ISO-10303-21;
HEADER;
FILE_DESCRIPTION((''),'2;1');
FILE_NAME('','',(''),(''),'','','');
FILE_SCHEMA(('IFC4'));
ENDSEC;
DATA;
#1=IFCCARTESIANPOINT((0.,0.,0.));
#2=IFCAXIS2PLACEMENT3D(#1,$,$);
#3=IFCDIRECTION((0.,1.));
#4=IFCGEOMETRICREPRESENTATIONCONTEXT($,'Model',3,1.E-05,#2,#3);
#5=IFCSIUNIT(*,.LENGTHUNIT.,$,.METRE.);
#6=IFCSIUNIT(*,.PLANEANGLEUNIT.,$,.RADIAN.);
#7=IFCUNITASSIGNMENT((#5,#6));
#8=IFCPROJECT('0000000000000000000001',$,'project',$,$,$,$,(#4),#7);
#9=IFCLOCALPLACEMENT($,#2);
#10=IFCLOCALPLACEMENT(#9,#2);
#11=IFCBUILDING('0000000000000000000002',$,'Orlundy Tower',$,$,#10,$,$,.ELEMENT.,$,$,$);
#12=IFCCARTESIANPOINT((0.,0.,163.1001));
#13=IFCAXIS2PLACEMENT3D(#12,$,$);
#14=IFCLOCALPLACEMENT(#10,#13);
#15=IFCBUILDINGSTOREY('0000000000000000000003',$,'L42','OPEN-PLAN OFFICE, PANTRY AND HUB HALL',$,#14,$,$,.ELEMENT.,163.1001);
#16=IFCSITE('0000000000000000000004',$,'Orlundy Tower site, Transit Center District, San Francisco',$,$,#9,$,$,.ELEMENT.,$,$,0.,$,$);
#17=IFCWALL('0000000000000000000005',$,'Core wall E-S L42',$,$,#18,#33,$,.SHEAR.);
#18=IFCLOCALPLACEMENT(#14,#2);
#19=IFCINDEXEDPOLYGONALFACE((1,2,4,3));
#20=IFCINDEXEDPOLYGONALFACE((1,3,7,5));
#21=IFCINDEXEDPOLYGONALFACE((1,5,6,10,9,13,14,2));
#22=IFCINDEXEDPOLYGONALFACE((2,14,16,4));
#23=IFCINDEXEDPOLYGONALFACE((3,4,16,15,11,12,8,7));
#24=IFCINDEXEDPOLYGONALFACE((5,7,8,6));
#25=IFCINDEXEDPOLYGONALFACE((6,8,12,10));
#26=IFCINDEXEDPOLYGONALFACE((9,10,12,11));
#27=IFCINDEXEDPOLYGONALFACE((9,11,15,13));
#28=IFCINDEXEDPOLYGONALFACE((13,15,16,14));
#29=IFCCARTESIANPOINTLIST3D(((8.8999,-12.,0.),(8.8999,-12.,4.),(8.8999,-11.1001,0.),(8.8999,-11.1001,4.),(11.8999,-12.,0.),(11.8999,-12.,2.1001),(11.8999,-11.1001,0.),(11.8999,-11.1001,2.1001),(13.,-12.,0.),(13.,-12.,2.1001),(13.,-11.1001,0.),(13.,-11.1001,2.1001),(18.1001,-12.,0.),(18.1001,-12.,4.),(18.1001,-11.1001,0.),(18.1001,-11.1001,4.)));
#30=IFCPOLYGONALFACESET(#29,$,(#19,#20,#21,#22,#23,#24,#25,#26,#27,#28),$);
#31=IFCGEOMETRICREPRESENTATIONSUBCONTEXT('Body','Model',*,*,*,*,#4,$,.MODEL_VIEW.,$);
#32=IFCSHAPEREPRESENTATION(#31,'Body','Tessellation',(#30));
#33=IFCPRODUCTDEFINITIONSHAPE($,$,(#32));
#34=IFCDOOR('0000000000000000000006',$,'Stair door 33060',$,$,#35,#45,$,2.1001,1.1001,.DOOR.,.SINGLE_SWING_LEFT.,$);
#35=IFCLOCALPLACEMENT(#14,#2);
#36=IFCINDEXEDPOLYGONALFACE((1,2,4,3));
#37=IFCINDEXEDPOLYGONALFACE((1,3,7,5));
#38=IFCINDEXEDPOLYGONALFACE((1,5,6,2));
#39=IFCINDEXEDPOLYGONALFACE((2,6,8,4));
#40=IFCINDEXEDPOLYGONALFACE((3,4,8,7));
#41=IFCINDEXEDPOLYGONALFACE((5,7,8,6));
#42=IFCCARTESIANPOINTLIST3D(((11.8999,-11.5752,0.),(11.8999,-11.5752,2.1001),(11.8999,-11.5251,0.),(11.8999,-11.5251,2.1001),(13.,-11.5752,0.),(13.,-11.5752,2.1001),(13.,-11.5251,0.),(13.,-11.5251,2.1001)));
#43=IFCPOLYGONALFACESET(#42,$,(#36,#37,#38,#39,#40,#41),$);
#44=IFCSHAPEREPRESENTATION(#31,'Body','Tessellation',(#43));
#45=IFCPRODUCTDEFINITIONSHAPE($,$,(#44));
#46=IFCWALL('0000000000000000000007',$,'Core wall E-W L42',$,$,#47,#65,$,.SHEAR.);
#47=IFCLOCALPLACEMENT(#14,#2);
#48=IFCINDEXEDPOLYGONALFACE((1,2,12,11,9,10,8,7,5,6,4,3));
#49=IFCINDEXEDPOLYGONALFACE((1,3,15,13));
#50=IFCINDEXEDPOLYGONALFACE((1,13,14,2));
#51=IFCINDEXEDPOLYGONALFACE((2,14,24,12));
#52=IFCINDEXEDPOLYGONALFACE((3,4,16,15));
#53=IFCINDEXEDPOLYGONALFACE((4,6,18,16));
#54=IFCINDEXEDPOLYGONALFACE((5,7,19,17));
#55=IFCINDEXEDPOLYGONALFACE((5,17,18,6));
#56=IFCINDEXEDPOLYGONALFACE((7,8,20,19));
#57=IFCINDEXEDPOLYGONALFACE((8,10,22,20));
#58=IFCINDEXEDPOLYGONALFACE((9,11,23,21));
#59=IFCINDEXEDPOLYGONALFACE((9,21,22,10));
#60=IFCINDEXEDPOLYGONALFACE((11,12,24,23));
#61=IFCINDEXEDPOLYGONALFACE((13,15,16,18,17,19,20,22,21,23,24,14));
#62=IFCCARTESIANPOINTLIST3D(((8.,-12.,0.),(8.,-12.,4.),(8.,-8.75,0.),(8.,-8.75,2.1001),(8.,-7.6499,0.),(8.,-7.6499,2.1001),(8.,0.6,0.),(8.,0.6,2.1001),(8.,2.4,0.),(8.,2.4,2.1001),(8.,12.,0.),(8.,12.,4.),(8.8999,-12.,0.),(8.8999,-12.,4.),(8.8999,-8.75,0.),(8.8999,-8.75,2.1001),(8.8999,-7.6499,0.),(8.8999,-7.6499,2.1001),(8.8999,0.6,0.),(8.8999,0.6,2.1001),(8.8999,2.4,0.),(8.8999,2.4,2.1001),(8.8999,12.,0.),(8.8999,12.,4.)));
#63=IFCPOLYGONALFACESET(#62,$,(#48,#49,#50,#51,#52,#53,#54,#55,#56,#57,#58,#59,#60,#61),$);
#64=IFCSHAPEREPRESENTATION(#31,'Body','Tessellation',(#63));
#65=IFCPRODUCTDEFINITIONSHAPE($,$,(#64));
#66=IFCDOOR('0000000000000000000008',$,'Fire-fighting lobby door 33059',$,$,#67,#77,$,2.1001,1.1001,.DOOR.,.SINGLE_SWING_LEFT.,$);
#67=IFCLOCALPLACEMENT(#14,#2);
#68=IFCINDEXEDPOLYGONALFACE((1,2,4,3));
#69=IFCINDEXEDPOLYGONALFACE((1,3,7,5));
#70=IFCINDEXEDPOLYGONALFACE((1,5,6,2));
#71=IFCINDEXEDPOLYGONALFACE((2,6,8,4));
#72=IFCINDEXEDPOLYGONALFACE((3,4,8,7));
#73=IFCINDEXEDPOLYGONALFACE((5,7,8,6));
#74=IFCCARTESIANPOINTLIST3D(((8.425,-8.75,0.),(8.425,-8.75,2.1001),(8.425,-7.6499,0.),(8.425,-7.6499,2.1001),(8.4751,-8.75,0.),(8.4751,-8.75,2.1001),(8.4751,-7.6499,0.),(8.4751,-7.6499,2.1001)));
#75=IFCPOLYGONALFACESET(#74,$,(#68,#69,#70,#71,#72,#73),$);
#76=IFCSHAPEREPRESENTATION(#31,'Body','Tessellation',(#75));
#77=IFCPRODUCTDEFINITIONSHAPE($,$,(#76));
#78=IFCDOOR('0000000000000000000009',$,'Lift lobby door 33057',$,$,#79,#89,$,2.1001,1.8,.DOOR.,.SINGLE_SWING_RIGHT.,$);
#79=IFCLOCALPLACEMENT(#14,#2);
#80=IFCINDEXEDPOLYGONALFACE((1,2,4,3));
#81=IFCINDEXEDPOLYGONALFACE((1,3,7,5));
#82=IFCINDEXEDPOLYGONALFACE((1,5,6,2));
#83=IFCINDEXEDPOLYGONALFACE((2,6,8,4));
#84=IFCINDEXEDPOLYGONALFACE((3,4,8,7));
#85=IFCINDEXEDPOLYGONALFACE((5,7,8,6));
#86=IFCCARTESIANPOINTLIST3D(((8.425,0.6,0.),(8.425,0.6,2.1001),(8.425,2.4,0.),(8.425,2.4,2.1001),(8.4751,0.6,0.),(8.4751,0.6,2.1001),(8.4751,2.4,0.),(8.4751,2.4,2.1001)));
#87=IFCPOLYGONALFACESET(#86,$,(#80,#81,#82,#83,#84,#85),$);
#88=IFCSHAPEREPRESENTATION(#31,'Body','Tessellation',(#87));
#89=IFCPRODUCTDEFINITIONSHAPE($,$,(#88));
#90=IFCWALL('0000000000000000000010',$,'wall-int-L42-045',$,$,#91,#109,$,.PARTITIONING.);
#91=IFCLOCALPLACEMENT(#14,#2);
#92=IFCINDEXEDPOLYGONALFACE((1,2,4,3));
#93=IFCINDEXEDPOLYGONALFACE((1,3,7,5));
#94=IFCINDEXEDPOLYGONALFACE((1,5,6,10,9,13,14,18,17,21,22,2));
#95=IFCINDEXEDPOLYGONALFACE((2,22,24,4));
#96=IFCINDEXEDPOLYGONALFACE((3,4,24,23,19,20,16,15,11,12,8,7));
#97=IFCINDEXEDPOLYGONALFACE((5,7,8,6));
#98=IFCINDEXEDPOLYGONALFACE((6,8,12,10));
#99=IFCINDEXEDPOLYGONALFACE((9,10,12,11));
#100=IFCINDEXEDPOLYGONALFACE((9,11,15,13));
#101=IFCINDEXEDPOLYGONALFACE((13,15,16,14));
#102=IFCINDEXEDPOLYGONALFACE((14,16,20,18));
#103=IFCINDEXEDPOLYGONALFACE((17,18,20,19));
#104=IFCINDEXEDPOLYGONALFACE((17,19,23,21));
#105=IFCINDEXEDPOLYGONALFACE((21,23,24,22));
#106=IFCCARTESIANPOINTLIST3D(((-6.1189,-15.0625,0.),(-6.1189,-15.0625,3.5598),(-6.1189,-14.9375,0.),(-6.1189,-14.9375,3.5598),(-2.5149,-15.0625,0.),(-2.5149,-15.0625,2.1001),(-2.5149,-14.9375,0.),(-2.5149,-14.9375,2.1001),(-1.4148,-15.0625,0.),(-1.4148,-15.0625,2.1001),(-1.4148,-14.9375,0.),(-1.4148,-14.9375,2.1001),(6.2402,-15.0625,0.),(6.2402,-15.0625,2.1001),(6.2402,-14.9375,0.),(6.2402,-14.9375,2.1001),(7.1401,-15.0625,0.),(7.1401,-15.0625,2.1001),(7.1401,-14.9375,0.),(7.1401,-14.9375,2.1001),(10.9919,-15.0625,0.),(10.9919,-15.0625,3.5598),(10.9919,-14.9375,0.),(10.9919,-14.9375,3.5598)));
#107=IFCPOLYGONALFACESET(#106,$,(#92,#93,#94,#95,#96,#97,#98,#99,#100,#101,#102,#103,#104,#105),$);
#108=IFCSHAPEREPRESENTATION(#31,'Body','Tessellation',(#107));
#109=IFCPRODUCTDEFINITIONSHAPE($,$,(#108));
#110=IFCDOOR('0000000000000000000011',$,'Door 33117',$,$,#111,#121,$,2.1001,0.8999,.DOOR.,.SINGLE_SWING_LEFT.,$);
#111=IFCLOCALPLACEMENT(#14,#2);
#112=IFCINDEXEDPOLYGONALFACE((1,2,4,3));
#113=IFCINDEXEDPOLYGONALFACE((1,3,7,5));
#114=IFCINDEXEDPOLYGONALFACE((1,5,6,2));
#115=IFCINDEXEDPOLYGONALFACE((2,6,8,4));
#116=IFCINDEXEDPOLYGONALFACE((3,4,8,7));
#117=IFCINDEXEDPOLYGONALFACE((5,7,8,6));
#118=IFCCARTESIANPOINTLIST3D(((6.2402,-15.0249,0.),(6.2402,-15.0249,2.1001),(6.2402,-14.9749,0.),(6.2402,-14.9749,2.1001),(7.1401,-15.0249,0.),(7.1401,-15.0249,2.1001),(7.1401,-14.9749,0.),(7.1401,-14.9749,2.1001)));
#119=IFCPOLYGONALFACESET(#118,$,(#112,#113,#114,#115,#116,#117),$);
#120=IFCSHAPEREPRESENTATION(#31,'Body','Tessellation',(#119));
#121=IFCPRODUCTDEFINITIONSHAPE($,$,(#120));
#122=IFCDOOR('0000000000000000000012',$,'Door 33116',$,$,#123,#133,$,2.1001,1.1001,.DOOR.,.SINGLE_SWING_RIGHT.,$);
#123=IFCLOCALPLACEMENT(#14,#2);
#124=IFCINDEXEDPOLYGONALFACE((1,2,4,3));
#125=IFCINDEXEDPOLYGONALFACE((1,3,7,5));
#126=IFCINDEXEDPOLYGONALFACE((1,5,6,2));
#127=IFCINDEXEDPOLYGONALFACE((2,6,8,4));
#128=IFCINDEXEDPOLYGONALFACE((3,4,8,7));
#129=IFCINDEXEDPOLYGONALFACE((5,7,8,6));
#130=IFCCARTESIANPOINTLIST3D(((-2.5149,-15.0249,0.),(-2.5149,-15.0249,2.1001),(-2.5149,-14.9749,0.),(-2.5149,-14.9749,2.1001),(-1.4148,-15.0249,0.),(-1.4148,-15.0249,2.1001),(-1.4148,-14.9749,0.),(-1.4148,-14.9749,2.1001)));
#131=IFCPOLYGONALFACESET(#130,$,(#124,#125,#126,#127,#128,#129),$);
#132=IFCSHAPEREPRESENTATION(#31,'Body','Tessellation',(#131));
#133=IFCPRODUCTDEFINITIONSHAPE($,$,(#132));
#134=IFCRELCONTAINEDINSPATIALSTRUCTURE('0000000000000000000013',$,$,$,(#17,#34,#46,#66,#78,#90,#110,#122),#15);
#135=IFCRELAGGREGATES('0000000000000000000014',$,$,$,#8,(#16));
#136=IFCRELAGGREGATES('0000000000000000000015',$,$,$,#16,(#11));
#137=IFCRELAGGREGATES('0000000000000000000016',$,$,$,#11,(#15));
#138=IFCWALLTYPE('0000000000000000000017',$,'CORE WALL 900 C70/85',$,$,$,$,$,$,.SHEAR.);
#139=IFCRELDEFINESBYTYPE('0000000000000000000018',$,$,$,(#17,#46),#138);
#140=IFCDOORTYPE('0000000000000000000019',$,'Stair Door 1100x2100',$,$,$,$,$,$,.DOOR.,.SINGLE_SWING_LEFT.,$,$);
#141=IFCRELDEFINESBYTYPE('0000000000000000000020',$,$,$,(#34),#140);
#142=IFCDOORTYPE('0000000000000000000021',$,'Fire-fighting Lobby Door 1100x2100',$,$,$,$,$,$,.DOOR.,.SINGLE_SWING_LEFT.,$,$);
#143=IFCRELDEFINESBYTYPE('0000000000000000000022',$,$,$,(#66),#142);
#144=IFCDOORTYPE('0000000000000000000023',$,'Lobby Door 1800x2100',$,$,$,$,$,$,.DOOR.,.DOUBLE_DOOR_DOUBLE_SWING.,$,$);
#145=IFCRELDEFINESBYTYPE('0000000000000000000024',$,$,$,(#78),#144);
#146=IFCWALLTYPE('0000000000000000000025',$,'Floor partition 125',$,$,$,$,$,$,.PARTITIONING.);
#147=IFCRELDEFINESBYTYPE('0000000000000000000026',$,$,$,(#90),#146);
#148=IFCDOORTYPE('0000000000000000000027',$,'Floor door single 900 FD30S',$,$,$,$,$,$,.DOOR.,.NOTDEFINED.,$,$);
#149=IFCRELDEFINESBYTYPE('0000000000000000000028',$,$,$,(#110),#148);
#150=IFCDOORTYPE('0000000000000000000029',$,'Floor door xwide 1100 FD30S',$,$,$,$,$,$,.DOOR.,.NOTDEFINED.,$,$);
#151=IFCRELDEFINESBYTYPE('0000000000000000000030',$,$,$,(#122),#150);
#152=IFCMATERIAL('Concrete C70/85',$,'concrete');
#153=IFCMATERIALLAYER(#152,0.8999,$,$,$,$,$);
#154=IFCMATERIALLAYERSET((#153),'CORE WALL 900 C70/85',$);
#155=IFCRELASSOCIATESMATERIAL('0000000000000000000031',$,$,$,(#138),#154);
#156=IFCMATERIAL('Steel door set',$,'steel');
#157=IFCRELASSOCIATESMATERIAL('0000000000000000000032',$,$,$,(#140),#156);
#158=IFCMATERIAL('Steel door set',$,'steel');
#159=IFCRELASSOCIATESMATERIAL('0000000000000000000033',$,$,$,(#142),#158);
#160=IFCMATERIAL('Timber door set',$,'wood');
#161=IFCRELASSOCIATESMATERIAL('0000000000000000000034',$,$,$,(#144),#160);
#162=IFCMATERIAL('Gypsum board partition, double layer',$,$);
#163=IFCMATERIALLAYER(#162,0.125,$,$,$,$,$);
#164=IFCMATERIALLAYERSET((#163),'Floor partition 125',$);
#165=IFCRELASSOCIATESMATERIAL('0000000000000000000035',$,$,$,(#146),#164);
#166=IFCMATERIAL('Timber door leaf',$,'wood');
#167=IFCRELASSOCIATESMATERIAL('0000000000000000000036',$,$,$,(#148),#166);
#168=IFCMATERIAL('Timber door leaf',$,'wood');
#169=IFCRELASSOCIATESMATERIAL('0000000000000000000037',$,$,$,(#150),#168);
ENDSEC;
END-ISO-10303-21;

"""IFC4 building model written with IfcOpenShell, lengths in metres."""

from ifc_helpers import new_model, si_unit, direction, frame, frame_2d, origin, place, context, subcontext, project, spatial, rectangle, extrude, material, layer, layer_set, type_object, element, fill, save


model = new_model("IFC4")

# Units and contexts
model_context = context("Model", 3, precision=1e-05, world=origin(), true_north=direction((0.0, 1.0)))
body_context = subcontext(model_context, "Body", "Model", "MODEL_VIEW")
ifc_project = project(units=[si_unit("LENGTHUNIT", "METRE"), si_unit("PLANEANGLEUNIT", "RADIAN")], contexts=[model_context])

# Site, building, storey
site_placement = place(None, origin())
site = spatial("IfcSite", under=ifc_project, at=site_placement, Name="Orlundy Tower site, Transit Center District, San Francisco", CompositionType="ELEMENT", RefElevation=0.0)
building_placement = place(site_placement, origin())
building = spatial("IfcBuilding", under=site, at=building_placement, Name="Orlundy Tower", CompositionType="ELEMENT")
storey_placement = place(building_placement, frame((0.0, 0.0, 163.1001)))
storey = spatial("IfcBuildingStorey", under=building, at=storey_placement, Name="L42", Description="OPEN-PLAN OFFICE, PANTRY AND HUB HALL", CompositionType="ELEMENT", Elevation=163.1001)

# Wall, opening, door
ifc_material_1 = material(Name="Concrete C70/85", Category="concrete")
ifc_layer_1 = layer(ifc_material_1, 0.8999)
ifc_layer_set_1 = layer_set([ifc_layer_1], Name="CORE WALL 900 C70/85")
wall_type_1 = type_object("IfcWallType", Name="CORE WALL 900 C70/85", PredefinedType="SHEAR", material=ifc_layer_set_1)
wall_1_placement = place(storey_placement, frame((8.8999, -11.55, 0.0), z_axis=(0.0, 0.0, 1.0), x_axis=(1.0, 0.0, 0.0)))
wall_1 = element("IfcWall", 1, at=wall_1_placement, inside=storey, type_object=wall_type_1, Name="Core wall E-S L42", PredefinedType="SHEAR", context=body_context, shape_type="SweptSolid", body=[
    extrude(rectangle(XDim=9.2002, YDim=0.8999, at=frame_2d((4.6001, 0.0))), origin(), (0.0, 0.0, 1.0), 4.0),
])
opening_1_placement = place(wall_1_placement, frame((3.0, 0.0, 0.0)))
opening_1 = element("IfcOpeningElement", 2, at=opening_1_placement, cuts=wall_1, PredefinedType="OPENING", context=body_context, shape_type="SweptSolid", body=[
    extrude(rectangle(XDim=1.1001, YDim=2.1001, at=frame_2d((0.55, 1.05))), frame((0.0, 0.46, 0.0), z_axis=(0.0, -1.0, 0.0), x_axis=(1.0, 0.0, 0.0)), (0.0, 0.0, 1.0), 0.9199),
])
ifc_material_2 = material(Name="Steel door set", Category="steel")
door_type_1 = type_object("IfcDoorType", Name="Stair Door 1100x2100", OperationType="SINGLE_SWING_LEFT", PredefinedType="DOOR", material=ifc_material_2)
door_1_placement = place(opening_1_placement, origin())
door_1 = element("IfcDoor", 3, at=door_1_placement, inside=storey, type_object=door_type_1, Name="Stair door 33060", OperationType="SINGLE_SWING_LEFT", OverallHeight=2.1001, OverallWidth=1.1001, PredefinedType="DOOR", context=body_context, shape_type="SweptSolid", body=[
    extrude(rectangle(XDim=1.1001, YDim=2.1001, at=frame_2d((0.55, 1.05))), frame((0.0, 0.0249, 0.0), z_axis=(0.0, -1.0, 0.0), x_axis=(1.0, 0.0, 0.0)), (0.0, 0.0, 1.0), 0.05),
])
fill(opening_1, door_1)

# Walls, openings, doors
wall_2_placement = place(storey_placement, frame((8.45, -12.0, 0.0), z_axis=(0.0, 0.0, 1.0), x_axis=(0.0, 1.0, 0.0)))
wall_2 = element("IfcWall", 4, at=wall_2_placement, inside=storey, type_object=wall_type_1, Name="Core wall E-W L42", PredefinedType="SHEAR", context=body_context, shape_type="SweptSolid", body=[
    extrude(rectangle(XDim=24.0, YDim=0.8999, at=frame_2d((12.0, 0.0))), origin(), (0.0, 0.0, 1.0), 4.0),
])
opening_2_placement = place(wall_2_placement, frame((12.6001, 0.0, 0.0)))
opening_2 = element("IfcOpeningElement", 5, at=opening_2_placement, cuts=wall_2, PredefinedType="OPENING", context=body_context, shape_type="SweptSolid", body=[
    extrude(rectangle(XDim=1.8, YDim=2.1001, at=frame_2d((0.8999, 1.05))), frame((0.0, 0.46, 0.0), z_axis=(0.0, -1.0, 0.0), x_axis=(1.0, 0.0, 0.0)), (0.0, 0.0, 1.0), 0.9199),
])
opening_3_placement = place(wall_2_placement, frame((3.25, 0.0, 0.0)))
opening_3 = element("IfcOpeningElement", 6, at=opening_3_placement, cuts=wall_2, PredefinedType="OPENING", context=body_context, shape_type="SweptSolid", body=[
    extrude(rectangle(XDim=1.1001, YDim=2.1001, at=frame_2d((0.55, 1.05))), frame((0.0, 0.46, 0.0), z_axis=(0.0, -1.0, 0.0), x_axis=(1.0, 0.0, 0.0)), (0.0, 0.0, 1.0), 0.9199),
])
ifc_material_3 = material(Name="Steel door set", Category="steel")
door_type_2 = type_object("IfcDoorType", Name="Fire-fighting Lobby Door 1100x2100", OperationType="SINGLE_SWING_LEFT", PredefinedType="DOOR", material=ifc_material_3)
door_2_placement = place(opening_3_placement, origin())
door_2 = element("IfcDoor", 7, at=door_2_placement, inside=storey, type_object=door_type_2, Name="Fire-fighting lobby door 33059", OperationType="SINGLE_SWING_LEFT", OverallHeight=2.1001, OverallWidth=1.1001, PredefinedType="DOOR", context=body_context, shape_type="SweptSolid", body=[
    extrude(rectangle(XDim=1.1001, YDim=2.1001, at=frame_2d((0.55, 1.05))), frame((0.0, 0.0249, 0.0), z_axis=(0.0, -1.0, 0.0), x_axis=(1.0, 0.0, 0.0)), (0.0, 0.0, 1.0), 0.05),
])
fill(opening_3, door_2)
ifc_material_4 = material(Name="Timber door set", Category="wood")
door_type_3 = type_object("IfcDoorType", Name="Lobby Door 1800x2100", OperationType="DOUBLE_DOOR_DOUBLE_SWING", PredefinedType="DOOR", material=ifc_material_4)
door_3_placement = place(opening_2_placement, origin())
door_3 = element("IfcDoor", 8, at=door_3_placement, inside=storey, type_object=door_type_3, Name="Lift lobby door 33057", OperationType="SINGLE_SWING_RIGHT", OverallHeight=2.1001, OverallWidth=1.8, PredefinedType="DOOR", context=body_context, shape_type="SweptSolid", body=[
    extrude(rectangle(XDim=1.8, YDim=2.1001, at=frame_2d((0.8999, 1.05))), frame((0.0, 0.0249, 0.0), z_axis=(0.0, -1.0, 0.0), x_axis=(1.0, 0.0, 0.0)), (0.0, 0.0, 1.0), 0.05),
])
fill(opening_2, door_3)
ifc_material_5 = material(Name="Gypsum board partition, double layer")
ifc_layer_2 = layer(ifc_material_5, 0.125)
ifc_layer_set_2 = layer_set([ifc_layer_2], Name="Floor partition 125")
wall_type_2 = type_object("IfcWallType", Name="Floor partition 125", PredefinedType="PARTITIONING", material=ifc_layer_set_2)
wall_3_placement = place(storey_placement, frame((10.9919, -15.0, 0.0), z_axis=(0.0, 0.0, 1.0), x_axis=(-1.0, 0.0, 0.0)))
wall_3 = element("IfcWall", 9, at=wall_3_placement, inside=storey, type_object=wall_type_2, Name="wall-int-L42-045", PredefinedType="PARTITIONING", context=body_context, shape_type="SweptSolid", body=[
    extrude(rectangle(XDim=17.1108, YDim=0.125, at=frame_2d((8.5554, 0.0))), origin(), (0.0, 0.0, 1.0), 3.5598),
])
opening_4_placement = place(wall_3_placement, frame((12.4067, 0.0, 0.0)))
opening_4 = element("IfcOpeningElement", 10, at=opening_4_placement, cuts=wall_3, PredefinedType="OPENING", context=body_context, shape_type="SweptSolid", body=[
    extrude(rectangle(XDim=1.1001, YDim=2.1001, at=frame_2d((0.55, 1.05))), frame((0.0, 0.0725, 0.0), z_axis=(0.0, -1.0, 0.0), x_axis=(1.0, 0.0, 0.0)), (0.0, 0.0, 1.0), 0.145),
])
opening_5_placement = place(wall_3_placement, frame((3.8518, 0.0, 0.0)))
opening_5 = element("IfcOpeningElement", 11, at=opening_5_placement, cuts=wall_3, PredefinedType="OPENING", context=body_context, shape_type="SweptSolid", body=[
    extrude(rectangle(XDim=0.8999, YDim=2.1001, at=frame_2d((0.45, 1.05))), frame((0.0, 0.0725, 0.0), z_axis=(0.0, -1.0, 0.0), x_axis=(1.0, 0.0, 0.0)), (0.0, 0.0, 1.0), 0.145),
])
ifc_material_6 = material(Name="Timber door leaf", Category="wood")
door_type_4 = type_object("IfcDoorType", Name="Floor door single 900 FD30S", OperationType="NOTDEFINED", PredefinedType="DOOR", material=ifc_material_6)
door_4_placement = place(opening_5_placement, origin())
door_4 = element("IfcDoor", 12, at=door_4_placement, inside=storey, type_object=door_type_4, Name="Door 33117", OperationType="SINGLE_SWING_LEFT", OverallHeight=2.1001, OverallWidth=0.8999, PredefinedType="DOOR", context=body_context, shape_type="SweptSolid", body=[
    extrude(rectangle(XDim=0.8999, YDim=2.1001, at=frame_2d((0.45, 1.05))), frame((0.0, 0.0249, 0.0), z_axis=(0.0, -1.0, 0.0), x_axis=(1.0, 0.0, 0.0)), (0.0, 0.0, 1.0), 0.05),
])
fill(opening_5, door_4)
ifc_material_7 = material(Name="Timber door leaf", Category="wood")
door_type_5 = type_object("IfcDoorType", Name="Floor door xwide 1100 FD30S", OperationType="NOTDEFINED", PredefinedType="DOOR", material=ifc_material_7)
door_5_placement = place(opening_4_placement, origin())
door_5 = element("IfcDoor", 13, at=door_5_placement, inside=storey, type_object=door_type_5, Name="Door 33116", OperationType="SINGLE_SWING_RIGHT", OverallHeight=2.1001, OverallWidth=1.1001, PredefinedType="DOOR", context=body_context, shape_type="SweptSolid", body=[
    extrude(rectangle(XDim=1.1001, YDim=2.1001, at=frame_2d((0.55, 1.05))), frame((0.0, 0.0249, 0.0), z_axis=(0.0, -1.0, 0.0), x_axis=(1.0, 0.0, 0.0)), (0.0, 0.0, 1.0), 0.05),
])
fill(opening_4, door_5)

save(model, "model.ifc")
